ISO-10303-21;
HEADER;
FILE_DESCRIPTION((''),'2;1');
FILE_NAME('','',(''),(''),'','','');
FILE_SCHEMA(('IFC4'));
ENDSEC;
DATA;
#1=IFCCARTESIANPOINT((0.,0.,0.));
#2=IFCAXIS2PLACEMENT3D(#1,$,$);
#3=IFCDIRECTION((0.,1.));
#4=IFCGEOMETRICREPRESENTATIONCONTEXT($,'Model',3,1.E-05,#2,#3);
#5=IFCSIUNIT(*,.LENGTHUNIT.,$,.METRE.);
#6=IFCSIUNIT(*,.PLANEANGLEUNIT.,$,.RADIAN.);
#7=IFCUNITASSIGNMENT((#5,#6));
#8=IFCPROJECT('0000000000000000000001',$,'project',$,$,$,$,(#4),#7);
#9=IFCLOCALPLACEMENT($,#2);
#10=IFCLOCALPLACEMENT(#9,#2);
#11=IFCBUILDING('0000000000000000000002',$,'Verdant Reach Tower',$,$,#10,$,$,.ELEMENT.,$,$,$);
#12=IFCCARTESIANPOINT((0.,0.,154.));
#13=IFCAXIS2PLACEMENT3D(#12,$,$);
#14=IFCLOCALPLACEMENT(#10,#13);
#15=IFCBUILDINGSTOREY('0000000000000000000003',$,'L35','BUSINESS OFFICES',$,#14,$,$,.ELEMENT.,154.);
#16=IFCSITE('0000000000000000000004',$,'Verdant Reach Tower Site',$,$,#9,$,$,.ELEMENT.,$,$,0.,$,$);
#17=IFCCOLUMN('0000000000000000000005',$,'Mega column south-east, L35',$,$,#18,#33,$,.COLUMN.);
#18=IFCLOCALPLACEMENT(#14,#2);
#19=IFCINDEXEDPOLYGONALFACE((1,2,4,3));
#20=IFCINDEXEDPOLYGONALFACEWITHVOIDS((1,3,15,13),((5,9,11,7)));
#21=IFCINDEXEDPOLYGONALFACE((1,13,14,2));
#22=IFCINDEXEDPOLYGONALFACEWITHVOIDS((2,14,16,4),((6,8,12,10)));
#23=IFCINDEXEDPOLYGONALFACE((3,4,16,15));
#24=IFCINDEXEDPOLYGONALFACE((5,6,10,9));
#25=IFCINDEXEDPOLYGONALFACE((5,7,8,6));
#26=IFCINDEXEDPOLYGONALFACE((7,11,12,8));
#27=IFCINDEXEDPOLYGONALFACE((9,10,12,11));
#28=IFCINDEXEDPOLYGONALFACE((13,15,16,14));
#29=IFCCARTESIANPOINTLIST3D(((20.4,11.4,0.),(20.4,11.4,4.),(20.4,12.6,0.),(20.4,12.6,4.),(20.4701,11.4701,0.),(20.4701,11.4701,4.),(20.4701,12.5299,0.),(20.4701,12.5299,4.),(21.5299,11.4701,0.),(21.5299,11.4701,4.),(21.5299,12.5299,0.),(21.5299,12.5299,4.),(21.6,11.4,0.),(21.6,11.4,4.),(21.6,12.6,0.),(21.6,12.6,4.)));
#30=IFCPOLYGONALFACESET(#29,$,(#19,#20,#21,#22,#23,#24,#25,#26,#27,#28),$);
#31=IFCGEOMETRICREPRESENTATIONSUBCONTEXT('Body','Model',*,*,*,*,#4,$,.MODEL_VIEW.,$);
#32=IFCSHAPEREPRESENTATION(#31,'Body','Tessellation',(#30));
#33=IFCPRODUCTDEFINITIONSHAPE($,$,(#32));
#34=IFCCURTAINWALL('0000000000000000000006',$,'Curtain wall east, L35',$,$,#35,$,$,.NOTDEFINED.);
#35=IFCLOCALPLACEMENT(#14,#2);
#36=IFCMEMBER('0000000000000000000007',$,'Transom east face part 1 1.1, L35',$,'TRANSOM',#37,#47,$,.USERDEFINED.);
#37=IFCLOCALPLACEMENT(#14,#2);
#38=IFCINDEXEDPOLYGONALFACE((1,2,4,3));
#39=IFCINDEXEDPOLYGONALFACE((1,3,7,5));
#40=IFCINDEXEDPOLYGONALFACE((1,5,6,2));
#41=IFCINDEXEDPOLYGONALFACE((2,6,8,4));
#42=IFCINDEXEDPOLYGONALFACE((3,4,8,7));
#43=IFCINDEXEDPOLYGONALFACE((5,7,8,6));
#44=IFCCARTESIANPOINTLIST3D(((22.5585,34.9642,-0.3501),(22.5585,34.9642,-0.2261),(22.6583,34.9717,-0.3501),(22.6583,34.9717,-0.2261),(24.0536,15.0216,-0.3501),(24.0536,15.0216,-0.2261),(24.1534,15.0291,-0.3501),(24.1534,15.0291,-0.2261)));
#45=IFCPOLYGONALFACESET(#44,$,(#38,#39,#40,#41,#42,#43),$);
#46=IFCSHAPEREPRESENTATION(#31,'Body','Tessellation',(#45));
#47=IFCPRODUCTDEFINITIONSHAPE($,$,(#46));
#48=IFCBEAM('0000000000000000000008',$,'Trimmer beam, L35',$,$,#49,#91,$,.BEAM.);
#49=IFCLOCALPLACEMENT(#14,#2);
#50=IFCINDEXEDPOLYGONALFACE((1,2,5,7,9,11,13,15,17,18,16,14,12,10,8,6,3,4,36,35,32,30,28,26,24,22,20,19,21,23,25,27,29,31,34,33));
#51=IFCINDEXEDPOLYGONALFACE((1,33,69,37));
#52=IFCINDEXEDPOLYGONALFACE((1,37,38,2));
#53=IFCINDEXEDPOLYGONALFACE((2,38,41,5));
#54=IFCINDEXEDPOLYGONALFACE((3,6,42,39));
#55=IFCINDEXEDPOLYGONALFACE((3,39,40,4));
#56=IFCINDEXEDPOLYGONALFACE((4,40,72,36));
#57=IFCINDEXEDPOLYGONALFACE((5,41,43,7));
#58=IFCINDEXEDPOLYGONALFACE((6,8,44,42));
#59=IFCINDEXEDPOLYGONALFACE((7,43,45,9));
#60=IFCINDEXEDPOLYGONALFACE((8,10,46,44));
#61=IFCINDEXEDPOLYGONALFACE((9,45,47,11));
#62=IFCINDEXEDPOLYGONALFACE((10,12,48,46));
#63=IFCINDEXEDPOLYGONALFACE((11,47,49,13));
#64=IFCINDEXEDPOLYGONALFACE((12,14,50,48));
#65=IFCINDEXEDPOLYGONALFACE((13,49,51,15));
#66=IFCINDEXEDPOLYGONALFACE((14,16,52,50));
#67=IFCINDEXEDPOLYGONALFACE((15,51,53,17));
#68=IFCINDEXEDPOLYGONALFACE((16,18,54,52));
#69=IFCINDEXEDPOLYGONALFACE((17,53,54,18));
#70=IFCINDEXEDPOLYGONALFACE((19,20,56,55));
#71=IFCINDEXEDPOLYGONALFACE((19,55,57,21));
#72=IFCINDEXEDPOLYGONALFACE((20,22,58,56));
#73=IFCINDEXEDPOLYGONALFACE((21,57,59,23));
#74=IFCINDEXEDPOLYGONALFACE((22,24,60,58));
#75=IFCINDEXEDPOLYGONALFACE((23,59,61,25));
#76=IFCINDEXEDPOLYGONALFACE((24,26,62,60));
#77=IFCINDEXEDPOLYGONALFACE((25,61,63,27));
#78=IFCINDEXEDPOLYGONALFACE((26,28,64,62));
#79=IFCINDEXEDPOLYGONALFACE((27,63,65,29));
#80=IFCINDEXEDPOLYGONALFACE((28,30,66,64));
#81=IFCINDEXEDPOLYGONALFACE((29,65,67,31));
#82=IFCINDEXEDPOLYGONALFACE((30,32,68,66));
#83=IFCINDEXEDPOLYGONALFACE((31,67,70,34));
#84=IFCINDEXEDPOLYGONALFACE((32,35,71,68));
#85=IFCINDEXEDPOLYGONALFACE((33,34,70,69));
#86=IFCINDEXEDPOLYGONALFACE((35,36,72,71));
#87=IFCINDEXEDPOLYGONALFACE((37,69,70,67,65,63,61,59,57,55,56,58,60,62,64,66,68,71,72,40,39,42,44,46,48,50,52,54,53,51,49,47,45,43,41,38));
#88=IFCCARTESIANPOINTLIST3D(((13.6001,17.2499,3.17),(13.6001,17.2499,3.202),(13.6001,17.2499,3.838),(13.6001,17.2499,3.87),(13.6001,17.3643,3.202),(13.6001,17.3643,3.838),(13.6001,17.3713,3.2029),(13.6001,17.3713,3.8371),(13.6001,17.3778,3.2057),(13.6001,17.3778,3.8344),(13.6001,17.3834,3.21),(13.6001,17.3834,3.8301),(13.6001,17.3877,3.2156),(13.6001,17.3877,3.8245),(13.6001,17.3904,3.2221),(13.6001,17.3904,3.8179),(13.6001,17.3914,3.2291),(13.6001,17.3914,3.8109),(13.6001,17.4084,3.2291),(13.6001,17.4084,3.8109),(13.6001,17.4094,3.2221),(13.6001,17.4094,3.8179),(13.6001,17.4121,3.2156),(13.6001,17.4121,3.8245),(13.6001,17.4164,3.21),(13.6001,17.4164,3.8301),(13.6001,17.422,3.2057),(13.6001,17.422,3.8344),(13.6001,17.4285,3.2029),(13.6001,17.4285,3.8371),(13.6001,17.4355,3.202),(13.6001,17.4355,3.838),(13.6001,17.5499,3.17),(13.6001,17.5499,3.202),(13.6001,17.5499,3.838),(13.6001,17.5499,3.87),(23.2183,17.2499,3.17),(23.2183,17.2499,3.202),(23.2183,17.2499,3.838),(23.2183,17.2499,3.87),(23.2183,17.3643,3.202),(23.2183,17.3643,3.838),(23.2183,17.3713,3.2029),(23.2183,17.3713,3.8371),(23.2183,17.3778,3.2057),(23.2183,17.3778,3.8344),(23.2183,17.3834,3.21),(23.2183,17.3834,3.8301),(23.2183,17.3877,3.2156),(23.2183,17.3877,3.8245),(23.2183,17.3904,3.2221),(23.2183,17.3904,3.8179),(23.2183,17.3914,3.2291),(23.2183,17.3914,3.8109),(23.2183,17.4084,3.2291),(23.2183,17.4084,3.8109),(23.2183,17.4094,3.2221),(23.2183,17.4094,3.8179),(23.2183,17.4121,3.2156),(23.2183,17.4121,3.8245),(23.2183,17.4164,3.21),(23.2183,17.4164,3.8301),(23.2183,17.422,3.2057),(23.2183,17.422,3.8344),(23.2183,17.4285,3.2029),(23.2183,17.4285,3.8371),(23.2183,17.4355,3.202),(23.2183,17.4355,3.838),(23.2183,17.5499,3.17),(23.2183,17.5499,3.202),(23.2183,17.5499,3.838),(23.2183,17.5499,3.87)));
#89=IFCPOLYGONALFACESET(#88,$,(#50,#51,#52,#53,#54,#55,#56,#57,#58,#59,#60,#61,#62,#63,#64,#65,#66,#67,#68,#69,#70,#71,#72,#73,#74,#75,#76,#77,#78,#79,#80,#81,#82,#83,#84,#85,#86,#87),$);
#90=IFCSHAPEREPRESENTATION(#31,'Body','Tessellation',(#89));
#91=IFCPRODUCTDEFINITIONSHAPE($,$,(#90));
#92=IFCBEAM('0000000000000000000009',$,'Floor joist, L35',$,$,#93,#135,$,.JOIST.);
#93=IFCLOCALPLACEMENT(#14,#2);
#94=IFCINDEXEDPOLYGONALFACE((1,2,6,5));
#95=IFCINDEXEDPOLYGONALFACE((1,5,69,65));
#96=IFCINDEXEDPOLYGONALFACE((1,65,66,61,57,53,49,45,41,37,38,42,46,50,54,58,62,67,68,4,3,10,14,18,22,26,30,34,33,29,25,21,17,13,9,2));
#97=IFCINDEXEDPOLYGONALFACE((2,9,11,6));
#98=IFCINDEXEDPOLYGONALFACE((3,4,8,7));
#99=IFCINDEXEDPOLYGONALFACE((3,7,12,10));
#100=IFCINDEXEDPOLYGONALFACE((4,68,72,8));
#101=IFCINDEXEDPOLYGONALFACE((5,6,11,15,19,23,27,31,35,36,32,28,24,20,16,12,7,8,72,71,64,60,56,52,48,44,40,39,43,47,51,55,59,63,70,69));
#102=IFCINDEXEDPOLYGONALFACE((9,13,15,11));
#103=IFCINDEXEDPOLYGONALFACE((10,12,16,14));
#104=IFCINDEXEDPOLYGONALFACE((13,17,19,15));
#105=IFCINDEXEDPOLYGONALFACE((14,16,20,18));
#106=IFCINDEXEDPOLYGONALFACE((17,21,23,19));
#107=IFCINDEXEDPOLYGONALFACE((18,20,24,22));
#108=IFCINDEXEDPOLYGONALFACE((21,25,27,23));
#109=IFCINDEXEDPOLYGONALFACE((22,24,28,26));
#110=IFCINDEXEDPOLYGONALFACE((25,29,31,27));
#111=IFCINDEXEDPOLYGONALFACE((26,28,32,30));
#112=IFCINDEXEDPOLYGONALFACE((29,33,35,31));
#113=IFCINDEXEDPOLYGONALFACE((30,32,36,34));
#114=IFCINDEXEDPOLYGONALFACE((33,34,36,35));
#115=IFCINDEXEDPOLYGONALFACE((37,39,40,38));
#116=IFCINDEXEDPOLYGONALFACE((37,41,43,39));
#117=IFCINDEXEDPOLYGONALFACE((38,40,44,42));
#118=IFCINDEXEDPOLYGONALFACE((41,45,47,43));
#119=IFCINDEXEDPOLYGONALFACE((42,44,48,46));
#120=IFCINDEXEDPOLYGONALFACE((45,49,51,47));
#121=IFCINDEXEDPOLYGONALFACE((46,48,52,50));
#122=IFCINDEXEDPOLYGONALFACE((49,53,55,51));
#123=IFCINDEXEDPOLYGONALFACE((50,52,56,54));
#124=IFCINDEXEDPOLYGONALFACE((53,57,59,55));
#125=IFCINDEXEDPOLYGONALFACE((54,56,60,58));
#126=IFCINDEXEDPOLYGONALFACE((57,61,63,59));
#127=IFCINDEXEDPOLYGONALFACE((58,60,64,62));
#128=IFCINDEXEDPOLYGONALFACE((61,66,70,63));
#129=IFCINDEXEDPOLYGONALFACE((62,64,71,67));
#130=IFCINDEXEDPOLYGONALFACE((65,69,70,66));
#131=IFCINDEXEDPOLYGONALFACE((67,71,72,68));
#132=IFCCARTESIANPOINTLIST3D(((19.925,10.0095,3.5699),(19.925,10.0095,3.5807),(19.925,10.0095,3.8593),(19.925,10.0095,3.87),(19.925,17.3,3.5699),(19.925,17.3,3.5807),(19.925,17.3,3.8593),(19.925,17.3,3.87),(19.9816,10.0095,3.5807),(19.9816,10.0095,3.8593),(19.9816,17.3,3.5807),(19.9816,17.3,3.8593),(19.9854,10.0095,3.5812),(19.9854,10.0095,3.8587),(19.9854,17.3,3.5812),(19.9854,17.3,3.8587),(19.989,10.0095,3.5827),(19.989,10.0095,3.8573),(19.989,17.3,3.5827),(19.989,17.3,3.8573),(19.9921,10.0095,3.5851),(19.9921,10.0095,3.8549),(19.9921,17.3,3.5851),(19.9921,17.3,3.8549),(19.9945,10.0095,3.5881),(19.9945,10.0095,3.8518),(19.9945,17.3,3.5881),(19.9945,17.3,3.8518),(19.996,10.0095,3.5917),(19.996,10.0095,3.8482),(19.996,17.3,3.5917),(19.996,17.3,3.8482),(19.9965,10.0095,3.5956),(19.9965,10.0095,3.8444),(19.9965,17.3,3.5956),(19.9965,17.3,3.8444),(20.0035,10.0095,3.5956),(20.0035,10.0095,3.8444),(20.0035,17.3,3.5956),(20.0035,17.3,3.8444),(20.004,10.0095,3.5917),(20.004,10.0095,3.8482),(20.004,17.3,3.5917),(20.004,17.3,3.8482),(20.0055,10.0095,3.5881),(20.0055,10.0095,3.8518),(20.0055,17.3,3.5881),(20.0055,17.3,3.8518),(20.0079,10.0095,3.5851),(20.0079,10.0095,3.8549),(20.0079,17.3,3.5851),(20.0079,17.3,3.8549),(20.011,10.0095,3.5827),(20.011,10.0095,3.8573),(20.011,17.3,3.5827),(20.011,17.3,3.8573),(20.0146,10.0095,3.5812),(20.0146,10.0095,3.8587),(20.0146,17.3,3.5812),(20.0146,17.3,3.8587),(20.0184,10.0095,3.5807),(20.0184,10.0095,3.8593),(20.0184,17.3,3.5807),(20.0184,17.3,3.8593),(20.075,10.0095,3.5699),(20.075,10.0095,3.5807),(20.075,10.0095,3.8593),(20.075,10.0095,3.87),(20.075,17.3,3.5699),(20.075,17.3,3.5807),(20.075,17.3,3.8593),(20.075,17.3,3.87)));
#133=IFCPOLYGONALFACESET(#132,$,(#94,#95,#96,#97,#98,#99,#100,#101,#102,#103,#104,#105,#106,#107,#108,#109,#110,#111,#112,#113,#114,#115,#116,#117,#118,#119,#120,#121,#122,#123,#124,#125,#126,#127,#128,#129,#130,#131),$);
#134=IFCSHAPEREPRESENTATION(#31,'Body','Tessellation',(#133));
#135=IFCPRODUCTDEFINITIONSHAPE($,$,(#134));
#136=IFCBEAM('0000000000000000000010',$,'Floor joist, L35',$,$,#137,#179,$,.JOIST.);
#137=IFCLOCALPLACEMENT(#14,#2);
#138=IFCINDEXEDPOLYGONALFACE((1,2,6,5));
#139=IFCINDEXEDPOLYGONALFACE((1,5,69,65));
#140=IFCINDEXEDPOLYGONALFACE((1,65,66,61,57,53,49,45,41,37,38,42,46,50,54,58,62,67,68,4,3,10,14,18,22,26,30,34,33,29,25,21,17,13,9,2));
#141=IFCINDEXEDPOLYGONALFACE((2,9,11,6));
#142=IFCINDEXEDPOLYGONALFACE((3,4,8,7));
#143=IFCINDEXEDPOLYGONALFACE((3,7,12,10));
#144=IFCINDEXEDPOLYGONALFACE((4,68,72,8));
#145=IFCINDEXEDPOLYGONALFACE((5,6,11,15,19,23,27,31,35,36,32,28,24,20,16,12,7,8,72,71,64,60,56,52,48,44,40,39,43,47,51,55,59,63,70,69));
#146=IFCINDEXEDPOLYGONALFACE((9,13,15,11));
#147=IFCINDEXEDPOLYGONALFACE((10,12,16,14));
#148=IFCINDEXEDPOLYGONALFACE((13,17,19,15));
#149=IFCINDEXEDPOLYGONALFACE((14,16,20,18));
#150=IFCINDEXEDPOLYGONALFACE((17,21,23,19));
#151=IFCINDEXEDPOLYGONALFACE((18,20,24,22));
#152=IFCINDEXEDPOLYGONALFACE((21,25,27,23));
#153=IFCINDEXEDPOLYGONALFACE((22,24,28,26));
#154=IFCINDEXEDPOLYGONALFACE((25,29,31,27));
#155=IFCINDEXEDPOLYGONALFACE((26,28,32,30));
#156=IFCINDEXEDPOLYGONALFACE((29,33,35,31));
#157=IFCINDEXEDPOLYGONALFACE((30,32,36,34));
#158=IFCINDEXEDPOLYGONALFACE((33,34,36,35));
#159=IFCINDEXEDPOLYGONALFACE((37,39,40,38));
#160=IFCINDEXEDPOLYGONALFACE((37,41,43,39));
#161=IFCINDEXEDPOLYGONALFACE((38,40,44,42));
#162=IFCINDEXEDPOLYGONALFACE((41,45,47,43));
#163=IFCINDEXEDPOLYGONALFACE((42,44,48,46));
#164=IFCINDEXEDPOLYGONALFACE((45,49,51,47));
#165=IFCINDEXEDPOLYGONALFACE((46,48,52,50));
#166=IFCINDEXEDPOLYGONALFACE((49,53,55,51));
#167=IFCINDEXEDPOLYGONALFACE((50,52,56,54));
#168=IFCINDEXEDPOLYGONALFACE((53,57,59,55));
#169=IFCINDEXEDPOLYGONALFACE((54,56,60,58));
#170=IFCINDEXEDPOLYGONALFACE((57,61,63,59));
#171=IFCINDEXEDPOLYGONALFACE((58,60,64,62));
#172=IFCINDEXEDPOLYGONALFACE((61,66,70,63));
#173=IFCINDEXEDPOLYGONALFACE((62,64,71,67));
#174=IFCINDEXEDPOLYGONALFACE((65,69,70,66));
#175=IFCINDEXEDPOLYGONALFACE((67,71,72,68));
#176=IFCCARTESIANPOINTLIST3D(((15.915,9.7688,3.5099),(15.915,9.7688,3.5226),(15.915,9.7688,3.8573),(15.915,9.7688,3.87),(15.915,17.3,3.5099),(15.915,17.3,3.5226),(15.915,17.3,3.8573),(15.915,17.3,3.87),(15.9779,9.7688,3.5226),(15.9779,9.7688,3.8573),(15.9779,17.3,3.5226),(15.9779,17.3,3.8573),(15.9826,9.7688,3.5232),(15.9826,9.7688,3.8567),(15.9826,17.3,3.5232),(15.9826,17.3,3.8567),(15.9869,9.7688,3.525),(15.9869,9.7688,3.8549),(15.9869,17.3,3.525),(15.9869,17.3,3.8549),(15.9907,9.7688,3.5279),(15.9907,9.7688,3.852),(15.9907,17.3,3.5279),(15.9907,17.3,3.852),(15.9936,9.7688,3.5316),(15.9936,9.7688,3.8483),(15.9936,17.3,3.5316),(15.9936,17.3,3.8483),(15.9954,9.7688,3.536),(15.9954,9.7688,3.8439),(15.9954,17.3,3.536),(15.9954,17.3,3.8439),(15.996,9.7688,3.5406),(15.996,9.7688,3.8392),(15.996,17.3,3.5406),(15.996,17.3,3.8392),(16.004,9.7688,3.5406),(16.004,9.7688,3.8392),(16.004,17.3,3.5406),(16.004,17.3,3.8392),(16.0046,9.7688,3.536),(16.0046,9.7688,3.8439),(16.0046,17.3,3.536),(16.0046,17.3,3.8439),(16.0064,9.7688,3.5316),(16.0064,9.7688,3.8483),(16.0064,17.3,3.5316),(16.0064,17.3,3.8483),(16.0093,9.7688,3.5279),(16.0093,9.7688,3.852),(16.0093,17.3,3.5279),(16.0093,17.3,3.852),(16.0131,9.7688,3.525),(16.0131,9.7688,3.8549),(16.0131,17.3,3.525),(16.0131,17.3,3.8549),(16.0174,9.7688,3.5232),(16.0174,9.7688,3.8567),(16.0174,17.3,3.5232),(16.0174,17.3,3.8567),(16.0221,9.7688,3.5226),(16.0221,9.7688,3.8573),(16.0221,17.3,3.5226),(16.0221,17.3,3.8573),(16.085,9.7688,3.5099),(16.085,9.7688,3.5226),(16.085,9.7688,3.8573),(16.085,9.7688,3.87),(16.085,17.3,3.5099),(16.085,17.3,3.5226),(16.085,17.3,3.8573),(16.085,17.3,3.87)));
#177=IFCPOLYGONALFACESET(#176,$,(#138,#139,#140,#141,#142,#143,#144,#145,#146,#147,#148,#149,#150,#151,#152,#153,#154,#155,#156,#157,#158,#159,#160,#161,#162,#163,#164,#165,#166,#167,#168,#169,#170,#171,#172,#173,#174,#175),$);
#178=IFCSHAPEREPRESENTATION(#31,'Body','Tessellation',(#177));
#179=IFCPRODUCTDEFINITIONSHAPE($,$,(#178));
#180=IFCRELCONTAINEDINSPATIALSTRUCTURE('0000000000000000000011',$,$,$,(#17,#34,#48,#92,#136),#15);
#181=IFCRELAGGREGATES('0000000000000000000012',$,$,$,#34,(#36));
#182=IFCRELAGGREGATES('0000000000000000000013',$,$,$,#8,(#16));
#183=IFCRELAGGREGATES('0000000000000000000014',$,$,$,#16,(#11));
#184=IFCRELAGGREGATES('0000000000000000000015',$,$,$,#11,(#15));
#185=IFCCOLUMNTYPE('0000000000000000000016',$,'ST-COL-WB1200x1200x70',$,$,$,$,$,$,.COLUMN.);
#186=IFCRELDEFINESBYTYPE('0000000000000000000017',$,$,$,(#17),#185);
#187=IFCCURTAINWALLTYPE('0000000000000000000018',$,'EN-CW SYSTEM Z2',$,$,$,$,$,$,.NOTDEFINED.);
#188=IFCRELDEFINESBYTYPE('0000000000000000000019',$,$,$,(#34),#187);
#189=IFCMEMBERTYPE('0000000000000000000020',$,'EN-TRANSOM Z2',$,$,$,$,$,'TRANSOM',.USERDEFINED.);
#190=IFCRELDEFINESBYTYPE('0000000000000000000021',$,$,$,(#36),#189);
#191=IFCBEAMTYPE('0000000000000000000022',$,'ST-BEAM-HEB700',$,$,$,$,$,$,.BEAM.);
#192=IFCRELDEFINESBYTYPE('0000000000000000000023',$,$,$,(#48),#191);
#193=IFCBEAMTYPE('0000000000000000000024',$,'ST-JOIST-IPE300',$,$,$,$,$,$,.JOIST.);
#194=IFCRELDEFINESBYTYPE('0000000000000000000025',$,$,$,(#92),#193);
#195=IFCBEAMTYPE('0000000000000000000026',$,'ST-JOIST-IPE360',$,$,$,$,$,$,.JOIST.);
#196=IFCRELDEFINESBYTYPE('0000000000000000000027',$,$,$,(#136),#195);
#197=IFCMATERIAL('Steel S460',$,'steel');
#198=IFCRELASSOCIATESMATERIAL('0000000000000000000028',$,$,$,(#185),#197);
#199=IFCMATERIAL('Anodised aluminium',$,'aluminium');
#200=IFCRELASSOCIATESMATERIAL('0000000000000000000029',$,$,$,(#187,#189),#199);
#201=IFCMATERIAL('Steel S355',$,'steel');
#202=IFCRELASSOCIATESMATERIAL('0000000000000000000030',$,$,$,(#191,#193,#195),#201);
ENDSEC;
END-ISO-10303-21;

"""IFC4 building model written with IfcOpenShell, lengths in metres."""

from ifc_helpers import new_model, si_unit, direction, frame, origin, origin_2d, place, context, subcontext, project, spatial, rectangle, hollow_rectangle, i_section, extrude, material, material_profile, profile_set, type_object, element, aggregate, save


model = new_model("IFC4")

# Units and contexts
model_context = context("Model", 3, precision=1e-05, world=origin(), true_north=direction((0.0, 1.0)))
body_context = subcontext(model_context, "Body", "Model", "MODEL_VIEW")
ifc_project = project(units=[si_unit("LENGTHUNIT", "METRE"), si_unit("PLANEANGLEUNIT", "RADIAN")], contexts=[model_context])

# Site, building, storey
site_placement = place(None, origin())
site = spatial("IfcSite", under=ifc_project, at=site_placement, Name="Verdant Reach Tower Site", CompositionType="ELEMENT", RefElevation=0.0)
building_placement = place(site_placement, origin())
building = spatial("IfcBuilding", under=site, at=building_placement, Name="Verdant Reach Tower", CompositionType="ELEMENT")
storey_placement = place(building_placement, frame((0.0, 0.0, 154.0)))
storey = spatial("IfcBuildingStorey", under=building, at=storey_placement, Name="L35", Description="BUSINESS OFFICES", CompositionType="ELEMENT", Elevation=154.0)

# Column
ifc_material_1 = material(Name="Steel S460", Category="steel")
ifc_material_profile_1 = material_profile(ifc_material_1, hollow_rectangle(XDim=1.2, YDim=1.2, WallThickness=0.0701, at=origin_2d()), Name="WB 1200x1200x70")
ifc_profile_set_1 = profile_set([ifc_material_profile_1], Name="Steel S460")
column_type = type_object("IfcColumnType", Name="ST-COL-WB1200x1200x70", PredefinedType="COLUMN", material=ifc_profile_set_1)
column_placement = place(storey_placement, frame((21.0, 12.0, 0.0), z_axis=(0.0, 0.0, 1.0), x_axis=(1.0, 0.0, 0.0)))
element("IfcColumn", 1, at=column_placement, inside=storey, type_object=column_type, Name="Mega column south-east, L35", PredefinedType="COLUMN", context=body_context, shape_type="SweptSolid", body=[
    extrude(hollow_rectangle(XDim=1.2, YDim=1.2, WallThickness=0.0701, at=origin_2d()), origin(), (0.0, 0.0, 1.0), 4.0),
])

# Curtain wall, member
ifc_material_2 = material(Name="Anodised aluminium", Category="aluminium")
curtain_wall_type = type_object("IfcCurtainWallType", Name="EN-CW SYSTEM Z2", PredefinedType="NOTDEFINED", material=ifc_material_2)
curtain_wall_1_placement = place(storey_placement, origin())
curtain_wall_1 = element("IfcCurtainWall", 2, at=curtain_wall_1_placement, inside=storey, type_object=curtain_wall_type, Name="Curtain wall east, L35", PredefinedType="NOTDEFINED")
ifc_material_profile_2 = material_profile(ifc_material_2, rectangle(XDim=0.1001, YDim=0.124, at=origin_2d()), Name="Transom 124x100")
ifc_profile_set_2 = profile_set([ifc_material_profile_2], Name="Anodised aluminium")
member_type = type_object("IfcMemberType", Name="EN-TRANSOM Z2", ElementType="TRANSOM", PredefinedType="USERDEFINED", material=ifc_profile_set_2)
member_placement = place(storey_placement, frame((24.1035, 15.0254, -0.2881), z_axis=(-0.074761, 0.997201, 0.0), x_axis=(-0.997201, -0.074761, 0.0)))
member = element("IfcMember", 3, at=member_placement, type_object=member_type, Name="Transom east face part 1 1.1, L35", ObjectType="TRANSOM", PredefinedType="USERDEFINED", context=body_context, shape_type="SweptSolid", body=[
    extrude(rectangle(XDim=0.1001, YDim=0.124, at=origin_2d()), origin(), (0.0, 0.0, 1.0), 19.9985),
])

# Beams
ifc_material_3 = material(Name="Steel S355", Category="steel")
ifc_material_profile_3 = material_profile(ifc_material_3, i_section(OverallWidth=0.3, OverallDepth=0.7, WebThickness=0.0171, FlangeThickness=0.032, FilletRadius=0.0271, at=origin_2d()), Name="HEB 700")
ifc_profile_set_3 = profile_set([ifc_material_profile_3], Name="Steel S355")
beam_type_1 = type_object("IfcBeamType", Name="ST-BEAM-HEB700", PredefinedType="BEAM", material=ifc_profile_set_3)
beam_1_placement = place(storey_placement, frame((13.6001, 17.3999, 3.52), z_axis=(1.0, 0.0, 0.0), x_axis=(0.0, 1.0, 0.0)))
element("IfcBeam", 4, at=beam_1_placement, inside=storey, type_object=beam_type_1, Name="Trimmer beam, L35", PredefinedType="BEAM", context=body_context, shape_type="SweptSolid", body=[
    extrude(i_section(OverallWidth=0.3, OverallDepth=0.7, WebThickness=0.0171, FlangeThickness=0.032, FilletRadius=0.0271, at=origin_2d()), origin(), (0.0, 0.0, 1.0), 9.6182),
])
ifc_material_profile_4 = material_profile(ifc_material_3, i_section(OverallWidth=0.1499, OverallDepth=0.3, WebThickness=0.0071, FlangeThickness=0.0107, FilletRadius=0.0149, at=origin_2d()), Name="IPE 300")
ifc_profile_set_4 = profile_set([ifc_material_profile_4], Name="Steel S355")
beam_type_2 = type_object("IfcBeamType", Name="ST-JOIST-IPE300", PredefinedType="JOIST", material=ifc_profile_set_4)
beam_2_placement = place(storey_placement, frame((20.0, 17.3, 3.72), z_axis=(0.0, -1.0, 0.0), x_axis=(1.0, 0.0, 0.0)))
element("IfcBeam", 5, at=beam_2_placement, inside=storey, type_object=beam_type_2, Name="Floor joist, L35", PredefinedType="JOIST", context=body_context, shape_type="SweptSolid", body=[
    extrude(i_section(OverallWidth=0.1499, OverallDepth=0.3, WebThickness=0.0071, FlangeThickness=0.0107, FilletRadius=0.0149, at=origin_2d()), origin(), (0.0, 0.0, 1.0), 7.2905),
])
ifc_material_profile_5 = material_profile(ifc_material_3, i_section(OverallWidth=0.1699, OverallDepth=0.3601, WebThickness=0.0081, FlangeThickness=0.0127, FilletRadius=0.0181, at=origin_2d()), Name="IPE 360")
ifc_profile_set_5 = profile_set([ifc_material_profile_5], Name="Steel S355")
beam_type_3 = type_object("IfcBeamType", Name="ST-JOIST-IPE360", PredefinedType="JOIST", material=ifc_profile_set_5)
beam_3_placement = place(storey_placement, frame((16.0, 17.3, 3.6899), z_axis=(0.0, -1.0, 0.0), x_axis=(1.0, 0.0, 0.0)))
element("IfcBeam", 6, at=beam_3_placement, inside=storey, type_object=beam_type_3, Name="Floor joist, L35", PredefinedType="JOIST", context=body_context, shape_type="SweptSolid", body=[
    extrude(i_section(OverallWidth=0.1699, OverallDepth=0.3601, WebThickness=0.0081, FlangeThickness=0.0127, FilletRadius=0.0181, at=origin_2d()), origin(), (0.0, 0.0, 1.0), 7.5312),
])

aggregate(curtain_wall_1, [member])

save(model, "model.ifc")
